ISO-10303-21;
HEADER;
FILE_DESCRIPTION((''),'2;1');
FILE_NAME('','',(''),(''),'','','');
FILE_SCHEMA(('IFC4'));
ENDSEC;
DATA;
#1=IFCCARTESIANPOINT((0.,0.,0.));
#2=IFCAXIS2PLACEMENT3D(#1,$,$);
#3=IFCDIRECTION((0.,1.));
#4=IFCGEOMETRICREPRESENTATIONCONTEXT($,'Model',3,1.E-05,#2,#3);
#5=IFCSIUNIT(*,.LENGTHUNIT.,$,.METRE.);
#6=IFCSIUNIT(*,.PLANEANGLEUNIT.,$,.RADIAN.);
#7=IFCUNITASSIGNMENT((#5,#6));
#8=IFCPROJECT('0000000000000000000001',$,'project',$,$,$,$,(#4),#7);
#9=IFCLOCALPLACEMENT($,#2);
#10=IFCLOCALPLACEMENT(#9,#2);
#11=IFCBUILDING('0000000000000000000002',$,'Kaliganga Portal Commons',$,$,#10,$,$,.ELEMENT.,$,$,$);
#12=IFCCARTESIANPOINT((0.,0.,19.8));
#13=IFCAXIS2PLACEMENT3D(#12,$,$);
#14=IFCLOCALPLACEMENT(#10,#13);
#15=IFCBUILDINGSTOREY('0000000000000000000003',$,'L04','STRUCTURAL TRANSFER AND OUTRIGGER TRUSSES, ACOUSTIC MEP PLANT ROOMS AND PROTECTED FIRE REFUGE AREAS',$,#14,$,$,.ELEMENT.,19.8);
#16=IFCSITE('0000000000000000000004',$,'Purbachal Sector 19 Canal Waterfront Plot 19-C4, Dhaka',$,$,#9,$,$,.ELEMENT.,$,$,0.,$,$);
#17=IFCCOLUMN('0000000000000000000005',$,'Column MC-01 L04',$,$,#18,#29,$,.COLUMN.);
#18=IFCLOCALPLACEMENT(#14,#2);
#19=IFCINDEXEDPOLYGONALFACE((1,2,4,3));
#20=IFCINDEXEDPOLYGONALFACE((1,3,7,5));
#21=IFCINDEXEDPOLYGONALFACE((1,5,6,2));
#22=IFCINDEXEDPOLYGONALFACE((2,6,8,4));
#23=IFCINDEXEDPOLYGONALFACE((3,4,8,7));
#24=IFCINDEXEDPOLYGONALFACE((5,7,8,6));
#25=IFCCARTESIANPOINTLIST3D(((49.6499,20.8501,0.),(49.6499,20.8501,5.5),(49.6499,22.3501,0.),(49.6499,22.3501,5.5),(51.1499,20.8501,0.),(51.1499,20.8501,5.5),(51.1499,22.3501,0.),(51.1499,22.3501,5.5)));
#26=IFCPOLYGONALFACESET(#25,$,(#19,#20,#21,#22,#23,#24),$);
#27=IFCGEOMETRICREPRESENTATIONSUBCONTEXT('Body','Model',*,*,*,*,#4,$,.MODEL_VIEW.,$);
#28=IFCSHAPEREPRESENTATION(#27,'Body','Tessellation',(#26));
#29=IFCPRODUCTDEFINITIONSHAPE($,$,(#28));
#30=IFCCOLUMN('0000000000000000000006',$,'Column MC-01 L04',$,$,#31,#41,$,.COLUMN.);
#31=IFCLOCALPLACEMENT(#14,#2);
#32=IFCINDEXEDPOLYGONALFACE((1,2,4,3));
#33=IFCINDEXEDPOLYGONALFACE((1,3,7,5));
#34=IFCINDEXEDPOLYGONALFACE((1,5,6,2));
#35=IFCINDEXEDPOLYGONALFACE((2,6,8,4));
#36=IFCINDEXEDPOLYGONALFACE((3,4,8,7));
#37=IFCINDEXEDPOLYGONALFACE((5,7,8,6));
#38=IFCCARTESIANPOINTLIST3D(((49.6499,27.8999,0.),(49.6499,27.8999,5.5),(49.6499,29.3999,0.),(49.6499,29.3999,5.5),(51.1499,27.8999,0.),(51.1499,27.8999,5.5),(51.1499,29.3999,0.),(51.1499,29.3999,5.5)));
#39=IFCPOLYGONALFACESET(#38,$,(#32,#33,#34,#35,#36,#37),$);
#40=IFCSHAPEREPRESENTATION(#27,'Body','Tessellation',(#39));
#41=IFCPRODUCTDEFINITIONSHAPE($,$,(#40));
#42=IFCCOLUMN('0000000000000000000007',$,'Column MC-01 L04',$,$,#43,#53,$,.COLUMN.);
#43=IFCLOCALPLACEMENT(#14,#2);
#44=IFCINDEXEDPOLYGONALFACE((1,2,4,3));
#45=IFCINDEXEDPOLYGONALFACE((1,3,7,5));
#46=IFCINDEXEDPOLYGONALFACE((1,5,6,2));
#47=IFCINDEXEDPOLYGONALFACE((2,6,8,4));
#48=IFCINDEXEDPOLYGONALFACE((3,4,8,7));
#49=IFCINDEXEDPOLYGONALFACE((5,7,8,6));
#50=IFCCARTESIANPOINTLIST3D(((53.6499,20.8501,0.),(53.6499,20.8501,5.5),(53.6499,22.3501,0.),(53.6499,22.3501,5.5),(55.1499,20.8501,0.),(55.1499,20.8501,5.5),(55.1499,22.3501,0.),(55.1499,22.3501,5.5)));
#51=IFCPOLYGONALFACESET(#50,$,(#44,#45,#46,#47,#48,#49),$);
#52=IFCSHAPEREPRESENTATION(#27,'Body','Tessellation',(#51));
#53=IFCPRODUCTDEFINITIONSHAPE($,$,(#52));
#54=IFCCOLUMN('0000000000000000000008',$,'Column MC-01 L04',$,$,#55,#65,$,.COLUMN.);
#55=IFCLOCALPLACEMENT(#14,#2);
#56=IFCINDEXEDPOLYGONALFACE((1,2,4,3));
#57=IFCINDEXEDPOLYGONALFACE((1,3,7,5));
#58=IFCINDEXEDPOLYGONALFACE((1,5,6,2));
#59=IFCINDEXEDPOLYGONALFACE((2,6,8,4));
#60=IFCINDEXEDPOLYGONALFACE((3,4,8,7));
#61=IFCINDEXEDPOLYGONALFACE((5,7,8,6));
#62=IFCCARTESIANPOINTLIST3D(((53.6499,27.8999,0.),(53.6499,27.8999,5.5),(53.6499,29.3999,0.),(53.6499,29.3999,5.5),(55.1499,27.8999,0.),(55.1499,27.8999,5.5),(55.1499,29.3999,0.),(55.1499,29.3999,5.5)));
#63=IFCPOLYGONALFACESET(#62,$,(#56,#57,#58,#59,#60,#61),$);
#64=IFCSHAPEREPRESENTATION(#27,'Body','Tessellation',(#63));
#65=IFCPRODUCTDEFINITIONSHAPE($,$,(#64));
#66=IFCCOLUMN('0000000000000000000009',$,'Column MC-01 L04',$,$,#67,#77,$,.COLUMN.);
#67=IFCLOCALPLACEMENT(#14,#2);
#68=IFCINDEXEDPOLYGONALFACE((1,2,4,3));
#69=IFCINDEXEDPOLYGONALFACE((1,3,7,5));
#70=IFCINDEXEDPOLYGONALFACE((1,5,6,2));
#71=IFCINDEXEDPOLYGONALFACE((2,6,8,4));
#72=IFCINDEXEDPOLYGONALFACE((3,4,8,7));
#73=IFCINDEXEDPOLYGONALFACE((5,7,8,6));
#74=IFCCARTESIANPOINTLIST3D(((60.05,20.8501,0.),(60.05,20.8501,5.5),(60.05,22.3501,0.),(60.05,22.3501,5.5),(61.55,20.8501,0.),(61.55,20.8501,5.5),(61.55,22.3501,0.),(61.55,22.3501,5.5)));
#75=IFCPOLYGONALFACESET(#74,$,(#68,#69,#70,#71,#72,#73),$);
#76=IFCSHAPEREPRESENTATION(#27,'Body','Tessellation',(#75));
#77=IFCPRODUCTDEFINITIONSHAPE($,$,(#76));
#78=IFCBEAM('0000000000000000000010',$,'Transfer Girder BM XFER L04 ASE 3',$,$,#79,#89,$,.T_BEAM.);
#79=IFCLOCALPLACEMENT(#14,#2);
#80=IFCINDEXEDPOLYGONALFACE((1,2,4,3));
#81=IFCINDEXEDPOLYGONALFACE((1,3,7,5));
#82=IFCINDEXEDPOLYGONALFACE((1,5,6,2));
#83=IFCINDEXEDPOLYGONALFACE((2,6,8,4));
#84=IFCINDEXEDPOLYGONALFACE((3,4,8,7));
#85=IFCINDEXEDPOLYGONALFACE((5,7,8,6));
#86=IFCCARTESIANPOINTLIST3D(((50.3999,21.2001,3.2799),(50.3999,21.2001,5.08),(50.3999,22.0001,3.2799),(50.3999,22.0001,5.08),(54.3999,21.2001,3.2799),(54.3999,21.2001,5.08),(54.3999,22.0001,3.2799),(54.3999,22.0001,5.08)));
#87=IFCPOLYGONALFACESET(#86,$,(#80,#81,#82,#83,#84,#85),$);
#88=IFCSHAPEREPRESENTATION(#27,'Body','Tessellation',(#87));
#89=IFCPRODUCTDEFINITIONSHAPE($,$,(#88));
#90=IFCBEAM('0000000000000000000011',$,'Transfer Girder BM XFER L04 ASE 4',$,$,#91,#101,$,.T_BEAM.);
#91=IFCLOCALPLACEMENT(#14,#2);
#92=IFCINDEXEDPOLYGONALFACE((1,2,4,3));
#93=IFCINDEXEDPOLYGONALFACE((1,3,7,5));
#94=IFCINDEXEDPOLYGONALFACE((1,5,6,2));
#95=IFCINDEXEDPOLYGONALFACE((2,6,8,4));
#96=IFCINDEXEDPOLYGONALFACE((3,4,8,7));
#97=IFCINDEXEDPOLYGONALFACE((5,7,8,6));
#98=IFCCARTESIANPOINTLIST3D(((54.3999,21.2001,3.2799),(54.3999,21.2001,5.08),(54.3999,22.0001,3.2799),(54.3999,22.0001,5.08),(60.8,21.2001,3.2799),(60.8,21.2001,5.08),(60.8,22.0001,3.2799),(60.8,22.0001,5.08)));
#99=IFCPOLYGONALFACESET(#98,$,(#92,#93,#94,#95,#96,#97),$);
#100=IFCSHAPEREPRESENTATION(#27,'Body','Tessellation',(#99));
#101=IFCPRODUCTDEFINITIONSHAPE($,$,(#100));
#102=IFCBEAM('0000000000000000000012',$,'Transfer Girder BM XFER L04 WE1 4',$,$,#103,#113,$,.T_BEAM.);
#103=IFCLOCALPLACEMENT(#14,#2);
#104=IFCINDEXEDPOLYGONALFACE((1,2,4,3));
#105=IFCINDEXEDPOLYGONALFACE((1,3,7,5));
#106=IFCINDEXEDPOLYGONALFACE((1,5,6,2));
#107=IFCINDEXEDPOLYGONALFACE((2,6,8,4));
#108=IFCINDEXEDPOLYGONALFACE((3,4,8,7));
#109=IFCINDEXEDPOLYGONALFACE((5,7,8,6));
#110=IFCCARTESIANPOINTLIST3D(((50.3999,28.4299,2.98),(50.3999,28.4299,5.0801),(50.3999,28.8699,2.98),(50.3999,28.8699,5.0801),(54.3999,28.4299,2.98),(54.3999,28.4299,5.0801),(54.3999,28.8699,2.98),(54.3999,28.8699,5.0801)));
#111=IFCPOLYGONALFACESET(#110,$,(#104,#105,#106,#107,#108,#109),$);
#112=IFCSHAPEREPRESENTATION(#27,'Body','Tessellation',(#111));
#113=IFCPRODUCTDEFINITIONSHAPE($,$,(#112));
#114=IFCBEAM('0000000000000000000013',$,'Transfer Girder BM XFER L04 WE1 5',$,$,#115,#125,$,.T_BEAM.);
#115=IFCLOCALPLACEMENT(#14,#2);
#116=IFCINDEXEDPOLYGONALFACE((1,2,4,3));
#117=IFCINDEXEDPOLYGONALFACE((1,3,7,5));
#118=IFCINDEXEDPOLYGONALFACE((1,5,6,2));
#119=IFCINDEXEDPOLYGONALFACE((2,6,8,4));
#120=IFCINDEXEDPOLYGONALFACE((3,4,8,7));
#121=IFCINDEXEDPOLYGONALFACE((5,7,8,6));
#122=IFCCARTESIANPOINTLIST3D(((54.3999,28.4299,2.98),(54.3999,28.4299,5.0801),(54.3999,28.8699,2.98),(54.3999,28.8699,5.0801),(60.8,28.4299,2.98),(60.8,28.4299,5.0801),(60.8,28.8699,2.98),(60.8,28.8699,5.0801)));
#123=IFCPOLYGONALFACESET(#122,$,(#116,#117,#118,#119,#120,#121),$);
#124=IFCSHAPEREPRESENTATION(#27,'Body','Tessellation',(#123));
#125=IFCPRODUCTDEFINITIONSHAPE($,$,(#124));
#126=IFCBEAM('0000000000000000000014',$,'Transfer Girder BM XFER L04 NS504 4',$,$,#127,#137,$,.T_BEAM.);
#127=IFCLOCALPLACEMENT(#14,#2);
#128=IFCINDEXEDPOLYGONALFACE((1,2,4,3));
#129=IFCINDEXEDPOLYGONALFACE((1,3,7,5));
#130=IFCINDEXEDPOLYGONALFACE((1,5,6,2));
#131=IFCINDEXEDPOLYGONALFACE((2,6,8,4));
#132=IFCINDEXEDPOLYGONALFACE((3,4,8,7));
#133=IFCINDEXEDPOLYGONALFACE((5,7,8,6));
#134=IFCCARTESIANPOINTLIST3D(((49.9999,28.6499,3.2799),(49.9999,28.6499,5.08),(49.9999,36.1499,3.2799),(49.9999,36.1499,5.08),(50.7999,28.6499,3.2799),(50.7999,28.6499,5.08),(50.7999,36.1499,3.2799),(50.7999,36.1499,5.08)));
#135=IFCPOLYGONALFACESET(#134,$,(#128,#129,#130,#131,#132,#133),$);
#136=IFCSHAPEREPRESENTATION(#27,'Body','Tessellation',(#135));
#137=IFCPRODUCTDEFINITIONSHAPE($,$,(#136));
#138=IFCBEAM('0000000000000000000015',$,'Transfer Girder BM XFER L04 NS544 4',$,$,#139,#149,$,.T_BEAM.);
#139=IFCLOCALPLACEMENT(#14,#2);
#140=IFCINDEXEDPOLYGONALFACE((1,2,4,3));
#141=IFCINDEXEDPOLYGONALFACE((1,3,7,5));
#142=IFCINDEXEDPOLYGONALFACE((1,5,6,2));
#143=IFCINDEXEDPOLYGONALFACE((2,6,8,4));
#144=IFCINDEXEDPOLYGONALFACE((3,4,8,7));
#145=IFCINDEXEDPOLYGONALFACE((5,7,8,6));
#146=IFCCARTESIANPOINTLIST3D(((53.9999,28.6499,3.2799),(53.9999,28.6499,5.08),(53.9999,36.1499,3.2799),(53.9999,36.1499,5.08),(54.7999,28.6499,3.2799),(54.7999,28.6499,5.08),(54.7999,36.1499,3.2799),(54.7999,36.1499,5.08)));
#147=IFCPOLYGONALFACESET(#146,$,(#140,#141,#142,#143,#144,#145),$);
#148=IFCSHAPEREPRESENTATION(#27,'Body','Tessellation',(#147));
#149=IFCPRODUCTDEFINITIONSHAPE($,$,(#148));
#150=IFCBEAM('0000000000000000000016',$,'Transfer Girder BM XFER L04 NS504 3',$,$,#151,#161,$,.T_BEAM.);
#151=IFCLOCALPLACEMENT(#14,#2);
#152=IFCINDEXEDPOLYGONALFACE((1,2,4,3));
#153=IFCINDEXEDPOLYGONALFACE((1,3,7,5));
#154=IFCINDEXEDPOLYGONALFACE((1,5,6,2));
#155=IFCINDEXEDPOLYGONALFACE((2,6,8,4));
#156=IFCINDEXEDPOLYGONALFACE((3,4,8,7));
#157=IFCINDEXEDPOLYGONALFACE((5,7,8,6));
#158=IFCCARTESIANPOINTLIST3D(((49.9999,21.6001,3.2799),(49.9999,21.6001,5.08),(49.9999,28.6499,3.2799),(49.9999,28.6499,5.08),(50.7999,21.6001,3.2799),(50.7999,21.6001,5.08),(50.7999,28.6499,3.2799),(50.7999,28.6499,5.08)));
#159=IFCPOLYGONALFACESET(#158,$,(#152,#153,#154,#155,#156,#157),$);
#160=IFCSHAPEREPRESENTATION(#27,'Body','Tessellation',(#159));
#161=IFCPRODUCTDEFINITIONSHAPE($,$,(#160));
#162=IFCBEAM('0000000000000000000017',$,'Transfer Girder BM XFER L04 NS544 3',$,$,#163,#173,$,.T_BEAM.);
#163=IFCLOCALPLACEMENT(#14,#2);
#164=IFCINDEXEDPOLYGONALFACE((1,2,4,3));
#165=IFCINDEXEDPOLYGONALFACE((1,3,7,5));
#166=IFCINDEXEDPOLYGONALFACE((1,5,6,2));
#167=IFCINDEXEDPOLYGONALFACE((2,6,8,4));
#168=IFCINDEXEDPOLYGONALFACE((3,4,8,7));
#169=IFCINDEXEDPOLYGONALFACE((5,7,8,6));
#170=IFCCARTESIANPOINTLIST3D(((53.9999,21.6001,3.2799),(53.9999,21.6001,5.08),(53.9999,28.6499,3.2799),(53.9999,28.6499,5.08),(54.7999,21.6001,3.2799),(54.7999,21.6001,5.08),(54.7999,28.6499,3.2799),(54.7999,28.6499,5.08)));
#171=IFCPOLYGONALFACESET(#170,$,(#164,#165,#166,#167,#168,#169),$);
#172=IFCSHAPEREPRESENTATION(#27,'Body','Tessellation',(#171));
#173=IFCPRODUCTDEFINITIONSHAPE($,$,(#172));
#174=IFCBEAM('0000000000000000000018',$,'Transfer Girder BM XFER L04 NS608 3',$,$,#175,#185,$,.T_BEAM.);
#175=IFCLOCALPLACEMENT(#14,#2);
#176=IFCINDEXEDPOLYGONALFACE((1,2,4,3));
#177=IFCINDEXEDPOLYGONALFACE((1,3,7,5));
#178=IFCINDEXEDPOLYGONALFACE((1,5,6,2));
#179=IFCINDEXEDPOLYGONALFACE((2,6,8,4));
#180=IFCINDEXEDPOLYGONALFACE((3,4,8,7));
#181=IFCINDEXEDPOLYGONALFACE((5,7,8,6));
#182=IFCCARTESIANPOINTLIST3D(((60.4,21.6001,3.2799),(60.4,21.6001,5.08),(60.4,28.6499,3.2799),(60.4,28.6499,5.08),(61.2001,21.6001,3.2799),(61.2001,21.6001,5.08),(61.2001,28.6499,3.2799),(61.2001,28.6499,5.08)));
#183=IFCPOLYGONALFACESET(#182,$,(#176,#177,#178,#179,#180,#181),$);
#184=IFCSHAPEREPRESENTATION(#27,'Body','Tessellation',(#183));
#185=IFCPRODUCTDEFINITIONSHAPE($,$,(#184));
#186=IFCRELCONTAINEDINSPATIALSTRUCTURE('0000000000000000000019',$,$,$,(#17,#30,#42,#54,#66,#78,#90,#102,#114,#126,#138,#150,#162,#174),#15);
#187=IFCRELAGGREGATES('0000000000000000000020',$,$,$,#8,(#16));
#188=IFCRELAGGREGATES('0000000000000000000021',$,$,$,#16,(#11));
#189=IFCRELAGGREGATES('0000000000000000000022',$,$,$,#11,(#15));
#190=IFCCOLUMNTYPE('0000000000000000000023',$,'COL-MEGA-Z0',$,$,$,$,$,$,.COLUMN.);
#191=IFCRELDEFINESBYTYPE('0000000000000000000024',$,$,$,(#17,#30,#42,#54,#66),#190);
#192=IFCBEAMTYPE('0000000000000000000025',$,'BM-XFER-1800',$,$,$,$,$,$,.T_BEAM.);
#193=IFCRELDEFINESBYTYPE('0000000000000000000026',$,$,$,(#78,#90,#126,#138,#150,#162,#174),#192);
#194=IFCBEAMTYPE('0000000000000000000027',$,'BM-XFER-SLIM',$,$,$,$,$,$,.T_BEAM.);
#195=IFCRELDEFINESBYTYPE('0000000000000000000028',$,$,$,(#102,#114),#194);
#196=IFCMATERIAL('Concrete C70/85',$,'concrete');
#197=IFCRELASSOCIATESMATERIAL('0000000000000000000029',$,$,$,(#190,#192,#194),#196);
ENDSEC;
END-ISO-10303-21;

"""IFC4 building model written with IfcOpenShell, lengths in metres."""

from ifc_helpers import new_model, si_unit, direction, frame, origin, origin_2d, place, context, subcontext, project, spatial, rectangle, extrude, source, transform, mapped, material, material_profile, profile_set, type_object, element, save


model = new_model("IFC4")

# Units and contexts
model_context = context("Model", 3, precision=1e-05, world=origin(), true_north=direction((0.0, 1.0)))
body_context = subcontext(model_context, "Body", "Model", "MODEL_VIEW")
ifc_project = project(units=[si_unit("LENGTHUNIT", "METRE"), si_unit("PLANEANGLEUNIT", "RADIAN")], contexts=[model_context])

# Site, building, storey
site_placement = place(None, origin())
site = spatial("IfcSite", under=ifc_project, at=site_placement, Name="Purbachal Sector 19 Canal Waterfront Plot 19-C4, Dhaka", CompositionType="ELEMENT", RefElevation=0.0)
building_placement = place(site_placement, origin())
building = spatial("IfcBuilding", under=site, at=building_placement, Name="Kaliganga Portal Commons", CompositionType="ELEMENT")
storey_placement = place(building_placement, frame((0.0, 0.0, 19.8)))
storey = spatial("IfcBuildingStorey", under=building, at=storey_placement, Name="L04", Description="STRUCTURAL TRANSFER AND OUTRIGGER TRUSSES, ACOUSTIC MEP PLANT ROOMS AND PROTECTED FIRE REFUGE AREAS", CompositionType="ELEMENT", Elevation=19.8)

# Columns
ifc_material_1 = material(Name="Concrete C70/85", Category="concrete")
ifc_material_profile_1 = material_profile(ifc_material_1, rectangle(XDim=1.5, YDim=1.5, at=origin_2d()), Name="RC 1500x1500")
ifc_profile_set_1 = profile_set([ifc_material_profile_1], Name="Concrete C70/85")
column_type = type_object("IfcColumnType", Name="COL-MEGA-Z0", PredefinedType="COLUMN", material=ifc_profile_set_1)
shared_shape_1 = source(origin(), body_context, "Body", "SweptSolid", [
    extrude(rectangle(XDim=1.5, YDim=1.5, at=origin_2d()), origin(), (0.0, 0.0, 1.0), 5.5),
])
for number, where, z_axis, x_axis, name in (
    (1, (50.3999, 21.6001, 0.0), (0.0, 0.0, 1.0), (1.0, 0.0, 0.0), "Column MC-01 L04"),
    (2, (50.3999, 28.6499, 0.0), (0.0, 0.0, 1.0), (1.0, 0.0, 0.0), "Column MC-01 L04"),
    (3, (54.3999, 21.6001, 0.0), (0.0, 0.0, 1.0), (1.0, 0.0, 0.0), "Column MC-01 L04"),
    (4, (54.3999, 28.6499, 0.0), (0.0, 0.0, 1.0), (1.0, 0.0, 0.0), "Column MC-01 L04"),
    (5, (60.8, 21.6001, 0.0), (0.0, 0.0, 1.0), (1.0, 0.0, 0.0), "Column MC-01 L04"),
):
    element("IfcColumn", number, at=place(storey_placement, frame(where, z_axis=z_axis, x_axis=x_axis)), inside=storey, type_object=column_type, Name=name, PredefinedType="COLUMN", context=body_context, shape_type="MappedRepresentation", body=[
        mapped(shared_shape_1, transform((0.0, 0.0, 0.0), x_axis=(1.0, 0.0, 0.0), y_axis=(0.0, 1.0, 0.0), z_axis=(0.0, 0.0, 1.0), scale=1.0)),
    ])

# Beams
ifc_material_profile_2 = material_profile(ifc_material_1, rectangle(XDim=0.8, YDim=1.8, at=origin_2d()), Name="RC 800x1800")
ifc_profile_set_2 = profile_set([ifc_material_profile_2], Name="Concrete C70/85")
beam_type_1 = type_object("IfcBeamType", Name="BM-XFER-1800", PredefinedType="T_BEAM", material=ifc_profile_set_2)
shared_shape_2 = source(origin(), body_context, "Body", "SweptSolid", [
    extrude(rectangle(XDim=0.8, YDim=1.8, at=origin_2d()), origin(), (0.0, 0.0, 1.0), 4.0),
])
beam_1_placement = place(storey_placement, frame((50.3999, 21.6001, 4.1799), z_axis=(1.0, 0.0, 0.0), x_axis=(0.0, 1.0, 0.0)))
element("IfcBeam", 6, at=beam_1_placement, inside=storey, type_object=beam_type_1, Name="Transfer Girder BM XFER L04 ASE 3", PredefinedType="T_BEAM", context=body_context, shape_type="MappedRepresentation", body=[
    mapped(shared_shape_2, transform((0.0, 0.0, 0.0), x_axis=(1.0, 0.0, 0.0), y_axis=(0.0, 1.0, 0.0), z_axis=(0.0, 0.0, 1.0), scale=1.0)),
])
shared_shape_3 = source(origin(), body_context, "Body", "SweptSolid", [
    extrude(rectangle(XDim=0.8, YDim=1.8, at=origin_2d()), origin(), (0.0, 0.0, 1.0), 6.4001),
])
beam_2_placement = place(storey_placement, frame((54.3999, 21.6001, 4.1799), z_axis=(1.0, 0.0, 0.0), x_axis=(0.0, 1.0, 0.0)))
element("IfcBeam", 7, at=beam_2_placement, inside=storey, type_object=beam_type_1, Name="Transfer Girder BM XFER L04 ASE 4", PredefinedType="T_BEAM", context=body_context, shape_type="MappedRepresentation", body=[
    mapped(shared_shape_3, transform((0.0, 0.0, 0.0), x_axis=(1.0, 0.0, 0.0), y_axis=(0.0, 1.0, 0.0), z_axis=(0.0, 0.0, 1.0), scale=1.0)),
])
ifc_material_profile_3 = material_profile(ifc_material_1, rectangle(XDim=0.4399, YDim=2.1001, at=origin_2d()), Name="RC 440x2100")
ifc_profile_set_3 = profile_set([ifc_material_profile_3], Name="Concrete C70/85")
beam_type_2 = type_object("IfcBeamType", Name="BM-XFER-SLIM", PredefinedType="T_BEAM", material=ifc_profile_set_3)
shared_shape_4 = source(origin(), body_context, "Body", "SweptSolid", [
    extrude(rectangle(XDim=0.4399, YDim=2.1001, at=origin_2d()), origin(), (0.0, 0.0, 1.0), 4.0),
])
beam_3_placement = place(storey_placement, frame((50.3999, 28.6499, 4.03), z_axis=(1.0, 0.0, 0.0), x_axis=(0.0, 1.0, 0.0)))
element("IfcBeam", 8, at=beam_3_placement, inside=storey, type_object=beam_type_2, Name="Transfer Girder BM XFER L04 WE1 4", PredefinedType="T_BEAM", context=body_context, shape_type="MappedRepresentation", body=[
    mapped(shared_shape_4, transform((0.0, 0.0, 0.0), x_axis=(1.0, 0.0, 0.0), y_axis=(0.0, 1.0, 0.0), z_axis=(0.0, 0.0, 1.0), scale=1.0)),
])
shared_shape_5 = source(origin(), body_context, "Body", "SweptSolid", [
    extrude(rectangle(XDim=0.4399, YDim=2.1001, at=origin_2d()), origin(), (0.0, 0.0, 1.0), 6.4001),
])
beam_4_placement = place(storey_placement, frame((54.3999, 28.6499, 4.03), z_axis=(1.0, 0.0, 0.0), x_axis=(0.0, 1.0, 0.0)))
element("IfcBeam", 9, at=beam_4_placement, inside=storey, type_object=beam_type_2, Name="Transfer Girder BM XFER L04 WE1 5", PredefinedType="T_BEAM", context=body_context, shape_type="MappedRepresentation", body=[
    mapped(shared_shape_5, transform((0.0, 0.0, 0.0), x_axis=(1.0, 0.0, 0.0), y_axis=(0.0, 1.0, 0.0), z_axis=(0.0, 0.0, 1.0), scale=1.0)),
])
shared_shape_6 = source(origin(), body_context, "Body", "SweptSolid", [
    extrude(rectangle(XDim=0.8, YDim=1.8, at=origin_2d()), origin(), (0.0, 0.0, 1.0), 7.5),
])
for number, where, z_axis, x_axis, name in (
    (10, (50.3999, 28.6499, 4.1799), (0.0, 1.0, 0.0), (-1.0, 0.0, 0.0), "Transfer Girder BM XFER L04 NS504 4"),
    (11, (54.3999, 28.6499, 4.1799), (0.0, 1.0, 0.0), (-1.0, 0.0, 0.0), "Transfer Girder BM XFER L04 NS544 4"),
):
    element("IfcBeam", number, at=place(storey_placement, frame(where, z_axis=z_axis, x_axis=x_axis)), inside=storey, type_object=beam_type_1, Name=name, PredefinedType="T_BEAM", context=body_context, shape_type="MappedRepresentation", body=[
        mapped(shared_shape_6, transform((0.0, 0.0, 0.0), x_axis=(1.0, 0.0, 0.0), y_axis=(0.0, 1.0, 0.0), z_axis=(0.0, 0.0, 1.0), scale=1.0)),
    ])
shared_shape_7 = source(origin(), body_context, "Body", "SweptSolid", [
    extrude(rectangle(XDim=0.8, YDim=1.8, at=origin_2d()), origin(), (0.0, 0.0, 1.0), 7.0498),
])
for number, where, z_axis, x_axis, name in (
    (12, (50.3999, 21.6001, 4.1799), (0.0, 1.0, 0.0), (-1.0, 0.0, 0.0), "Transfer Girder BM XFER L04 NS504 3"),
    (13, (54.3999, 21.6001, 4.1799), (0.0, 1.0, 0.0), (-1.0, 0.0, 0.0), "Transfer Girder BM XFER L04 NS544 3"),
    (14, (60.8, 21.6001, 4.1799), (0.0, 1.0, 0.0), (-1.0, 0.0, 0.0), "Transfer Girder BM XFER L04 NS608 3"),
):
    element("IfcBeam", number, at=place(storey_placement, frame(where, z_axis=z_axis, x_axis=x_axis)), inside=storey, type_object=beam_type_1, Name=name, PredefinedType="T_BEAM", context=body_context, shape_type="MappedRepresentation", body=[
        mapped(shared_shape_7, transform((0.0, 0.0, 0.0), x_axis=(1.0, 0.0, 0.0), y_axis=(0.0, 1.0, 0.0), z_axis=(0.0, 0.0, 1.0), scale=1.0)),
    ])

save(model, "model.ifc")
